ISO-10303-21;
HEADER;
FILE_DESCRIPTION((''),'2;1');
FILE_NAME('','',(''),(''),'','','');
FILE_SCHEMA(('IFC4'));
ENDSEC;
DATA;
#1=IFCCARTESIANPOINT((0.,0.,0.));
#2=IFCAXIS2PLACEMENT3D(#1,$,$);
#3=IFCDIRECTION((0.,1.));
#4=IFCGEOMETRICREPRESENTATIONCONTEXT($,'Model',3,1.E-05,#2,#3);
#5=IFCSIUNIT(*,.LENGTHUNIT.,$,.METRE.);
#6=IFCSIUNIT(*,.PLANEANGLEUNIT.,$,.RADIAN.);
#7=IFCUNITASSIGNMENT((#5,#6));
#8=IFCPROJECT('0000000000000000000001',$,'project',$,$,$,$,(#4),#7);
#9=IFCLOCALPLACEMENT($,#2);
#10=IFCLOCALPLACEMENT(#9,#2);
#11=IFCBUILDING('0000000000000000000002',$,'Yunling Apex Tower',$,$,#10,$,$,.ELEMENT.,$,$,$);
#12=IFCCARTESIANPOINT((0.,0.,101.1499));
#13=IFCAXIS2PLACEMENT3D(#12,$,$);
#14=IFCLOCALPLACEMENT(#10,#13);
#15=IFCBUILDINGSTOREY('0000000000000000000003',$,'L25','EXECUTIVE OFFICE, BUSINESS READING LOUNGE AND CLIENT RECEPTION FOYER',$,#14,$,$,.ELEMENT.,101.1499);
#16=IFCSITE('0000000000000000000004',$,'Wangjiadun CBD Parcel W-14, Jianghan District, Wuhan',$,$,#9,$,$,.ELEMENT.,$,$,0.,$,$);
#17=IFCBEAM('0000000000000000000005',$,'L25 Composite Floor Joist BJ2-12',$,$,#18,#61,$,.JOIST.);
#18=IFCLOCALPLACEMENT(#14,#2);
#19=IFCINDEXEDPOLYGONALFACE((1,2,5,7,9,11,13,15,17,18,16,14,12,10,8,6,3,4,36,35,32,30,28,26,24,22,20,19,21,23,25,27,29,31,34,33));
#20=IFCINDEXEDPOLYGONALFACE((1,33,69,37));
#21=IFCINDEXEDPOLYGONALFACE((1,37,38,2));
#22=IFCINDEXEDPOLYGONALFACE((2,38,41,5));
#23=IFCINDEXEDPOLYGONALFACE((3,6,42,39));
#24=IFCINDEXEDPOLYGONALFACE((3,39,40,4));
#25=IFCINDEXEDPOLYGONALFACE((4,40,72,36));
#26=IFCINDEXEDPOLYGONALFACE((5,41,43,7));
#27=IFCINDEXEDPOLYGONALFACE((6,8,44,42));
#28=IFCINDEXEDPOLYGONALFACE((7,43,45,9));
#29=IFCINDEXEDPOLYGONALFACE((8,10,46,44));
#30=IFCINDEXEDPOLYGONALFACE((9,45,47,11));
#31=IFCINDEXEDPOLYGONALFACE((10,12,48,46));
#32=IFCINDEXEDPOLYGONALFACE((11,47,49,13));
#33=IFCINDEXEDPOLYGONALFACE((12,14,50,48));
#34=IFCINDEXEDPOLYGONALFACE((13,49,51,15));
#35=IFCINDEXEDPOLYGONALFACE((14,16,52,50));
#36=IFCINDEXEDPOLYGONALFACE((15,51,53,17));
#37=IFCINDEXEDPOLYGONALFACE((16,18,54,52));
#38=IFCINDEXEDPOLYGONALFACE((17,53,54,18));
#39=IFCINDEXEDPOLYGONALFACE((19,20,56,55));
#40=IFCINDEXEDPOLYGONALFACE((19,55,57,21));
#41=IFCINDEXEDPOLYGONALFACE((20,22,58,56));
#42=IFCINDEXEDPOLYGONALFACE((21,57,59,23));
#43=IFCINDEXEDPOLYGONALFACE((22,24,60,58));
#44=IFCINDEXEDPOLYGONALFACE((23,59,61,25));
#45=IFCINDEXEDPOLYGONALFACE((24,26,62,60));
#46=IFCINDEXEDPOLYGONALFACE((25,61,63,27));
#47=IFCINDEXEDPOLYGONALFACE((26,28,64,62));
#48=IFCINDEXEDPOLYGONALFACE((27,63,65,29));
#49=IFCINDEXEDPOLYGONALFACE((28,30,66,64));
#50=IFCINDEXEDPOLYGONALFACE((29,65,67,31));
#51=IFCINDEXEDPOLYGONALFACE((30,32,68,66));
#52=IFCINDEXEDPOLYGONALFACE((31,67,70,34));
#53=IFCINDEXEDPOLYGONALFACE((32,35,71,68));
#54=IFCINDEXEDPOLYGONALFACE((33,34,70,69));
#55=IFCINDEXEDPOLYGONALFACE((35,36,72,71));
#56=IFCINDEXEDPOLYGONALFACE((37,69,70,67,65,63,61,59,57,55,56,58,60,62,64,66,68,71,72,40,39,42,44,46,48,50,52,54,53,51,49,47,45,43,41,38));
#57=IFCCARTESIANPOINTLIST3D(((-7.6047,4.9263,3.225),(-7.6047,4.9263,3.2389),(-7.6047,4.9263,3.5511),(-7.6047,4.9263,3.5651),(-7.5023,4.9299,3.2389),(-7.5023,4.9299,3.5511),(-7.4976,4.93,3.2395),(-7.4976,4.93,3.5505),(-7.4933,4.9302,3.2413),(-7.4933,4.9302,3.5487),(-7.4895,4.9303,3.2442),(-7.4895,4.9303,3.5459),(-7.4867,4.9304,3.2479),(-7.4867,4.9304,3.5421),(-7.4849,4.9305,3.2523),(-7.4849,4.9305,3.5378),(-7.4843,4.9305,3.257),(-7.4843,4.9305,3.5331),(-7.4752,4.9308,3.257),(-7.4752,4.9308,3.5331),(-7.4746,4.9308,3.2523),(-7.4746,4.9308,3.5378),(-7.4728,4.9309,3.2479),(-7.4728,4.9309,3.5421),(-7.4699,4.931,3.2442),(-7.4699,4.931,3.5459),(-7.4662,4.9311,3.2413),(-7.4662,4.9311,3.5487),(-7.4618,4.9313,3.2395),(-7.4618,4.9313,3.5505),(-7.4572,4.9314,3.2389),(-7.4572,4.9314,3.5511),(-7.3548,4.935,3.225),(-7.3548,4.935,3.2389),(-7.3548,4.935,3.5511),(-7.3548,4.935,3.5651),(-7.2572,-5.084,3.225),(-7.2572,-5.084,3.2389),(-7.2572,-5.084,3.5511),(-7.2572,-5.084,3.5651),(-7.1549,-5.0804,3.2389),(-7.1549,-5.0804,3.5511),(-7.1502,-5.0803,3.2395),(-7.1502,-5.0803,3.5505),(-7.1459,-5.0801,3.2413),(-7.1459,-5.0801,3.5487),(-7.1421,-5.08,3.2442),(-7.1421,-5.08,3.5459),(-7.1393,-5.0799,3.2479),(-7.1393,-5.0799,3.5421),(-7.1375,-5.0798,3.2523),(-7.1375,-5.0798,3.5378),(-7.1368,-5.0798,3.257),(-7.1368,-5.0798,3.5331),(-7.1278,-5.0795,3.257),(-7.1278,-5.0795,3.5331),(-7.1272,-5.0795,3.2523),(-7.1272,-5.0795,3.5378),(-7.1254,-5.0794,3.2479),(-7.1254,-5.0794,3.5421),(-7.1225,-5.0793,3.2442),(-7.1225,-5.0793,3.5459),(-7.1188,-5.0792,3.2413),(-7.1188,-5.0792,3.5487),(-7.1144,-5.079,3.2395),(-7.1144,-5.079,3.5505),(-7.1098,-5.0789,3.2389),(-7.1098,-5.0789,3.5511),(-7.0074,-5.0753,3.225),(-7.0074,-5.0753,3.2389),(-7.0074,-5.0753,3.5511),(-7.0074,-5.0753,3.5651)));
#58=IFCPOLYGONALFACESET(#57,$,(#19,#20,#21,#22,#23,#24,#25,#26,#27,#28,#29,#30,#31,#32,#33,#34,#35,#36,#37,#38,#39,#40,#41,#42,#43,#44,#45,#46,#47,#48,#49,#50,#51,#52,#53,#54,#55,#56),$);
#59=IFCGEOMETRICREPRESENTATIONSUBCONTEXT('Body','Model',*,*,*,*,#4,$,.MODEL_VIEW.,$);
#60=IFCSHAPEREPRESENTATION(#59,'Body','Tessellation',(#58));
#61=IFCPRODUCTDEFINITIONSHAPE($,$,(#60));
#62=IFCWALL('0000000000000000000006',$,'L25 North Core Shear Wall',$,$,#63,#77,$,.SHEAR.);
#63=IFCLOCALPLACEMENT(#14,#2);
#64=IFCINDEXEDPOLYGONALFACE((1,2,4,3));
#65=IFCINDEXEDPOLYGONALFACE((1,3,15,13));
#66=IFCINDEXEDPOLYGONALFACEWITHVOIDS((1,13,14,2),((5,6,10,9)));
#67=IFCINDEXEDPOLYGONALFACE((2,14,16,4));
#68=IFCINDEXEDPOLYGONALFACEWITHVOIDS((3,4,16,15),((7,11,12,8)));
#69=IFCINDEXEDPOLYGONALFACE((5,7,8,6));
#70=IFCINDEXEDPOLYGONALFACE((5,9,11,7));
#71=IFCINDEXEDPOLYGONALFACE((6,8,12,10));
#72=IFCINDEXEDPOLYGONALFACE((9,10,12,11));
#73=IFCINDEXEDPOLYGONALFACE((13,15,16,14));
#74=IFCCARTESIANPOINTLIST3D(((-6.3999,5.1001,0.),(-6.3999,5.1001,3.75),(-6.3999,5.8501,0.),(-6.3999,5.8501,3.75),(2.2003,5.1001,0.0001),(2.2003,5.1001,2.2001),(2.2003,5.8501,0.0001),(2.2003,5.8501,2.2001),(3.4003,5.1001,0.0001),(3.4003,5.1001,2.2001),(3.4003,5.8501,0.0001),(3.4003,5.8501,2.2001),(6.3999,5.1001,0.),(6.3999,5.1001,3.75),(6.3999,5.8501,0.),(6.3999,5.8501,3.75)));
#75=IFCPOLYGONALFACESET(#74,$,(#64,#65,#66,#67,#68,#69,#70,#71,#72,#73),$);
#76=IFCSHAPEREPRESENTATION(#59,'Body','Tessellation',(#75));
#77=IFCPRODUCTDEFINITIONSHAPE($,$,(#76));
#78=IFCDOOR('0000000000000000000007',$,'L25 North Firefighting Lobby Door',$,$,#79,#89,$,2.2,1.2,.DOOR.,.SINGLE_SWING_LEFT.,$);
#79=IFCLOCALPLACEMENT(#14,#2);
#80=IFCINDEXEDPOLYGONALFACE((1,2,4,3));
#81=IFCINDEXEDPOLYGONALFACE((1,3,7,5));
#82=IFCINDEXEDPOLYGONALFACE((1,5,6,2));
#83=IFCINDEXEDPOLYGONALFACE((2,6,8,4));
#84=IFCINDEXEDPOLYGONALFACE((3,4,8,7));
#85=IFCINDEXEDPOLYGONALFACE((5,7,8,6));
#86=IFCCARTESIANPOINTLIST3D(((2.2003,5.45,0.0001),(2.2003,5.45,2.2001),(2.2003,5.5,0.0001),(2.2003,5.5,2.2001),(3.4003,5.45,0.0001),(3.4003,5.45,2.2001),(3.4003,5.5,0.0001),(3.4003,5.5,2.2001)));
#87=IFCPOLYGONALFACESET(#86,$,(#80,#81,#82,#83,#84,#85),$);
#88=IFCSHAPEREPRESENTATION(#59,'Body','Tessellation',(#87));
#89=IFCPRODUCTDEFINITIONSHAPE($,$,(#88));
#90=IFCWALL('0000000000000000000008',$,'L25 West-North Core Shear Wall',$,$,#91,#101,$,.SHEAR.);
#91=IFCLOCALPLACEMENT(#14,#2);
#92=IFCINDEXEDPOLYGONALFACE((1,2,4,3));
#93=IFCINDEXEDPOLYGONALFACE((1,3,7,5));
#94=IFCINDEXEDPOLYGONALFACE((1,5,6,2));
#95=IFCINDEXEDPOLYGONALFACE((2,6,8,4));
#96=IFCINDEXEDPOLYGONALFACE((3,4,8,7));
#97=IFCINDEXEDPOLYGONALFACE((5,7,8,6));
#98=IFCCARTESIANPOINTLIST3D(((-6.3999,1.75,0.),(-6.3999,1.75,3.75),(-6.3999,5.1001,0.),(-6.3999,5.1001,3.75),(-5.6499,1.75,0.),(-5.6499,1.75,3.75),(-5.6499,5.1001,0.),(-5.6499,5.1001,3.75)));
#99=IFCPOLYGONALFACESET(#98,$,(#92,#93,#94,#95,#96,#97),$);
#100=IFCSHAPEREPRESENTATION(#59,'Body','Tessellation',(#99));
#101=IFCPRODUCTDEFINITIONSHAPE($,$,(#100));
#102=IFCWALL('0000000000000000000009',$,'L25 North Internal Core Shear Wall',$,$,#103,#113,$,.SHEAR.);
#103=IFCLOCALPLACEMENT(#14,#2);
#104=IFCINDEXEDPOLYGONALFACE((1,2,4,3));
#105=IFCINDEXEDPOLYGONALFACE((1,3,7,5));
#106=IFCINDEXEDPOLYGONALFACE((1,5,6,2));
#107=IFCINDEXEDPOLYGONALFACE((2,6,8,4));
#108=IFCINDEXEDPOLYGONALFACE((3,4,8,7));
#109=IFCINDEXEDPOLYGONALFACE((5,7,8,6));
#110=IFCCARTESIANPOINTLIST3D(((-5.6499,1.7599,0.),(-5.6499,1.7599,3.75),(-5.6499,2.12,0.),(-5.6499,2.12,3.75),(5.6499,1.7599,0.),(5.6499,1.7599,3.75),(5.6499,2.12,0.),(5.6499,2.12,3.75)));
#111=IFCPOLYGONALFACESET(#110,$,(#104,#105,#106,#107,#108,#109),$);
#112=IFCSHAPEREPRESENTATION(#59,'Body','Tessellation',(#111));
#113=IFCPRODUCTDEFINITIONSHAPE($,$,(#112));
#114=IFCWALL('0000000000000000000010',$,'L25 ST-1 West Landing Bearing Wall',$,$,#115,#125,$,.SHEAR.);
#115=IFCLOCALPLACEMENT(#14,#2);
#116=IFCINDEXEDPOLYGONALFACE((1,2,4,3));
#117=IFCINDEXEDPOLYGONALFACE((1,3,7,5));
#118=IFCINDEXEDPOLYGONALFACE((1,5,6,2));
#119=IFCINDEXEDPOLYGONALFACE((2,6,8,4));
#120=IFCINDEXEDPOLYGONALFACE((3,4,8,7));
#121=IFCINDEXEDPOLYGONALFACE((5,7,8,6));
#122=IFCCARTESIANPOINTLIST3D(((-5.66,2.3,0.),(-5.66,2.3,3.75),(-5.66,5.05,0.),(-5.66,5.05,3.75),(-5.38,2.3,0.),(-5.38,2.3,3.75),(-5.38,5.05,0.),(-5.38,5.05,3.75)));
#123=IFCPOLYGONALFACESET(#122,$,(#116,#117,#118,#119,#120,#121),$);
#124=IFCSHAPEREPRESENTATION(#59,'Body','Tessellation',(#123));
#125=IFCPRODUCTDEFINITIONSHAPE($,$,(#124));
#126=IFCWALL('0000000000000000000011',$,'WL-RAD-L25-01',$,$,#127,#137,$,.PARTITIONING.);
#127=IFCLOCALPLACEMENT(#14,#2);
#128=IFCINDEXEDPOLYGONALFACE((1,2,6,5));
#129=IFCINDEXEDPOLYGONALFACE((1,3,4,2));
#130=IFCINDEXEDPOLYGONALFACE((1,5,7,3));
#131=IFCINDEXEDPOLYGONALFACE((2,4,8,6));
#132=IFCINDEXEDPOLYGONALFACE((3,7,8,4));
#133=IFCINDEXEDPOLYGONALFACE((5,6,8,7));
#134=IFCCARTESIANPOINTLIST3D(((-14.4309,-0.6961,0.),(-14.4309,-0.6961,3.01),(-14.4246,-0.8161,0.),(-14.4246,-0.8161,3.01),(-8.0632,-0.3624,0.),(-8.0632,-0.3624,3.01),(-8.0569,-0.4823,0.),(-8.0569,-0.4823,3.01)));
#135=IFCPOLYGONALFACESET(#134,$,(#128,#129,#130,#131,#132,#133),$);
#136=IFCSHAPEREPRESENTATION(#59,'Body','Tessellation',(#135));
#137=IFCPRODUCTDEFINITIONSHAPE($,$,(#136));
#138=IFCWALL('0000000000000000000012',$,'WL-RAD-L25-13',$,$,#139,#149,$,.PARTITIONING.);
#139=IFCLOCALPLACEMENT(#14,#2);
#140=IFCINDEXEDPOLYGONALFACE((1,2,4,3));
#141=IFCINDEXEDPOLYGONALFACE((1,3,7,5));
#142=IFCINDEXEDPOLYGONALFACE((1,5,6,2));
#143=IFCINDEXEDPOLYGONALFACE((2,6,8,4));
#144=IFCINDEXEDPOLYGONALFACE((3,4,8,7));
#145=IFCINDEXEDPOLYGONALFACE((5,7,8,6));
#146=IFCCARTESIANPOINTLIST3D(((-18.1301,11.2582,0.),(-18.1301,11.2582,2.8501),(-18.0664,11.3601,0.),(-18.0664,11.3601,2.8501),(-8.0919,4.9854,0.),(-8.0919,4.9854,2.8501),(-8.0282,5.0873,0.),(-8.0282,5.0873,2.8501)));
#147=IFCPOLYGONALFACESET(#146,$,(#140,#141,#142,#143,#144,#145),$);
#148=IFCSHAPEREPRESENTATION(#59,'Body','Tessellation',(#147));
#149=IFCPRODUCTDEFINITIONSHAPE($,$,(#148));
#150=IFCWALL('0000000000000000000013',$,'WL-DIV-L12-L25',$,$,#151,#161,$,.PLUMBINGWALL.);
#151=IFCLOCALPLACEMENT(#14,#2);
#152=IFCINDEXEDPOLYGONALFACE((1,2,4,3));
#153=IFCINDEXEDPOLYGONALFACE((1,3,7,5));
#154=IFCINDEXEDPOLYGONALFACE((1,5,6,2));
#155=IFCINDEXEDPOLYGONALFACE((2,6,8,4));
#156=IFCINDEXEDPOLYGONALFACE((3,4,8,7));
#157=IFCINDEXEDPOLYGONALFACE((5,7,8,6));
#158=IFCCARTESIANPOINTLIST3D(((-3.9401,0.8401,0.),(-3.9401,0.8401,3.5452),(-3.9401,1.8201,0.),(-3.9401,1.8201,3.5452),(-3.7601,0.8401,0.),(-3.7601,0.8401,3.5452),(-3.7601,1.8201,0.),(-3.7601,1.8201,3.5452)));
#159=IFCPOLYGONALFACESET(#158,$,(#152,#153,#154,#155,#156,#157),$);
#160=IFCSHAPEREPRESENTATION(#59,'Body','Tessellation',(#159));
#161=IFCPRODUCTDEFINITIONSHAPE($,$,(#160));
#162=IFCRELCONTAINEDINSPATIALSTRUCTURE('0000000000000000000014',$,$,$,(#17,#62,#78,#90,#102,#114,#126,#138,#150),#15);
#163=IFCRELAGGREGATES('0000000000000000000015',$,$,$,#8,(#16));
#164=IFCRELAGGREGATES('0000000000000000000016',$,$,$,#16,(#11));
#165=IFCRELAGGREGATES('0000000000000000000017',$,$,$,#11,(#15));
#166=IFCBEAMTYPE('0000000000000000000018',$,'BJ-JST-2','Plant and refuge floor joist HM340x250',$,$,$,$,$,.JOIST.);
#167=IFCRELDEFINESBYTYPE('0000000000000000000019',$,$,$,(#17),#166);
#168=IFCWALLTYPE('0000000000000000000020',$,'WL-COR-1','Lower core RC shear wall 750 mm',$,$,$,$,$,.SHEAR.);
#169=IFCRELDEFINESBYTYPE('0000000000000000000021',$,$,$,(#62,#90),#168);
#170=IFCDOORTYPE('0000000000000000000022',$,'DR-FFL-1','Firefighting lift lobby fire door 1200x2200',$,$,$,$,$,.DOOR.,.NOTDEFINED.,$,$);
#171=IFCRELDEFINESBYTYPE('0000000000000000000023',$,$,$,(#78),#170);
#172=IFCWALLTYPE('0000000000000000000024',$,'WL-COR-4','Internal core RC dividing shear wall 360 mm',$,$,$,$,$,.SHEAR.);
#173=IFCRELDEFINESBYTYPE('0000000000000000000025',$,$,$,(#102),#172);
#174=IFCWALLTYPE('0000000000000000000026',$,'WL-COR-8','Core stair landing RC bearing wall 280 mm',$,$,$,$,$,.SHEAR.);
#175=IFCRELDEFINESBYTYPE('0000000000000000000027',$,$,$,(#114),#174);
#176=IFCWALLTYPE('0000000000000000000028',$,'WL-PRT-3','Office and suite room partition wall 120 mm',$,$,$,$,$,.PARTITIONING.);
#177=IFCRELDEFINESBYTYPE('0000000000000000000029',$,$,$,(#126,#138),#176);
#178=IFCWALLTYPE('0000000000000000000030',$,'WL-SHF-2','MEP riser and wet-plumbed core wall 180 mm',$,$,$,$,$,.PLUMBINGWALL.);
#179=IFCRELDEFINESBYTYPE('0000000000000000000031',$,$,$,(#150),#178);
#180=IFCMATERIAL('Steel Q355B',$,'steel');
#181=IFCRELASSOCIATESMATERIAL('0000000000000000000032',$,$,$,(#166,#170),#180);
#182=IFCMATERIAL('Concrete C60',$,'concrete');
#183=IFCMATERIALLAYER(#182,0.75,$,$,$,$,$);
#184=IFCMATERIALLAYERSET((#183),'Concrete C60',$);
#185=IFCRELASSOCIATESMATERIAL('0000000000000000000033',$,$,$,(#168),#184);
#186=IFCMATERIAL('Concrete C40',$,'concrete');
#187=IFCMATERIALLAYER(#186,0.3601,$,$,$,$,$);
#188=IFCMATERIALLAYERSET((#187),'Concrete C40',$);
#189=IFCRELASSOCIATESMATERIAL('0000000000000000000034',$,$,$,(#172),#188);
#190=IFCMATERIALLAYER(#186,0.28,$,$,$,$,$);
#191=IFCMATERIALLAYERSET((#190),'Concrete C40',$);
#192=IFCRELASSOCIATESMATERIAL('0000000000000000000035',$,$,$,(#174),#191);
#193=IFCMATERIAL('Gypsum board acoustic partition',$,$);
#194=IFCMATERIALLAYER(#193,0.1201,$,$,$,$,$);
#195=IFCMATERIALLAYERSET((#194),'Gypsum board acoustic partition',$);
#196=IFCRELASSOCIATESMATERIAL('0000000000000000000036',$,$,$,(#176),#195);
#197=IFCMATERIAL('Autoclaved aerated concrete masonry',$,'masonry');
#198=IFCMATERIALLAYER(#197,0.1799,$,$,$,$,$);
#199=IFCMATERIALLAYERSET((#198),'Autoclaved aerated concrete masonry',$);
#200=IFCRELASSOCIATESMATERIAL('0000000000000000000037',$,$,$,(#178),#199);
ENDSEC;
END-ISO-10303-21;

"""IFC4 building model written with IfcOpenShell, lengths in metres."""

from ifc_helpers import new_model, si_unit, direction, frame, frame_2d, origin, origin_2d, place, context, subcontext, project, spatial, rectangle, i_section, extrude, source, transform, mapped, material, layer, layer_set, material_profile, profile_set, type_object, element, fill, save


model = new_model("IFC4")

# Units and contexts
model_context = context("Model", 3, precision=1e-05, world=origin(), true_north=direction((0.0, 1.0)))
body_context = subcontext(model_context, "Body", "Model", "MODEL_VIEW")
ifc_project = project(units=[si_unit("LENGTHUNIT", "METRE"), si_unit("PLANEANGLEUNIT", "RADIAN")], contexts=[model_context])

# Site, building, storey
site_placement = place(None, origin())
site = spatial("IfcSite", under=ifc_project, at=site_placement, Name="Wangjiadun CBD Parcel W-14, Jianghan District, Wuhan", CompositionType="ELEMENT", RefElevation=0.0)
building_placement = place(site_placement, origin())
building = spatial("IfcBuilding", under=site, at=building_placement, Name="Yunling Apex Tower", CompositionType="ELEMENT")
storey_placement = place(building_placement, frame((0.0, 0.0, 101.1499)))
storey = spatial("IfcBuildingStorey", under=building, at=storey_placement, Name="L25", Description="EXECUTIVE OFFICE, BUSINESS READING LOUNGE AND CLIENT RECEPTION FOYER", CompositionType="ELEMENT", Elevation=101.1499)

# Shared definitions
ifc_material_1 = material(Name="Concrete C60", Category="concrete")

# Beam
ifc_material_2 = material(Name="Steel Q355B", Category="steel")
ifc_material_profile_1 = material_profile(ifc_material_2, i_section(OverallWidth=0.25, OverallDepth=0.3401, WebThickness=0.009, FlangeThickness=0.0139, FilletRadius=0.0181, at=origin_2d()))
ifc_profile_set_1 = profile_set([ifc_material_profile_1], Name="Steel Q355B")
beam_type_1 = type_object("IfcBeamType", Name="BJ-JST-2", Description="Plant and refuge floor joist HM340x250", PredefinedType="JOIST", material=ifc_profile_set_1)
shared_shape_1 = source(origin(), body_context, "Body", "SweptSolid", [
    extrude(i_section(OverallWidth=0.25, OverallDepth=0.3401, WebThickness=0.009, FlangeThickness=0.0139, FilletRadius=0.0181, at=origin_2d()), origin(), (0.0, 0.0, 1.0), 10.0164),
])
beam_1_placement = place(storey_placement, frame((-7.4797, 4.9307, 3.395), z_axis=(0.034685, -0.999398, 0.0), x_axis=(0.999398, 0.034685, 0.0)))
element("IfcBeam", 1, at=beam_1_placement, inside=storey, type_object=beam_type_1, Name="L25 Composite Floor Joist BJ2-12", PredefinedType="JOIST", context=body_context, shape_type="MappedRepresentation", body=[
    mapped(shared_shape_1, transform((0.0, 0.0, 0.0), scale=1.0)),
])

# Wall, opening, door
ifc_layer_1 = layer(ifc_material_1, 0.75)
ifc_layer_set_1 = layer_set([ifc_layer_1], Name="Concrete C60")
wall_type_1 = type_object("IfcWallType", Name="WL-COR-1", Description="Lower core RC shear wall 750 mm", PredefinedType="SHEAR", material=ifc_layer_set_1)
wall_1_placement = place(storey_placement, frame((-6.3999, 5.4751, 0.0), z_axis=(0.0, 0.0, 1.0), x_axis=(1.0, 0.0, 0.0)))
wall_1 = element("IfcWall", 2, at=wall_1_placement, inside=storey, type_object=wall_type_1, Name="L25 North Core Shear Wall", PredefinedType="SHEAR", context=body_context, shape_type="SweptSolid", body=[
    extrude(rectangle(XDim=12.7998, YDim=0.75, at=frame_2d((6.3999, 0.0))), origin(), (0.0, 0.0, 1.0), 3.75),
])
opening_1_placement = place(wall_1_placement, frame((8.6001, 0.0, 0.0)))
opening_1 = element("IfcOpeningElement", 3, at=opening_1_placement, cuts=wall_1, PredefinedType="OPENING", context=body_context, shape_type="SweptSolid", body=[
    extrude(rectangle(XDim=1.2, YDim=2.2, at=frame_2d((0.6001, 1.1001))), frame((0.0, 0.385, 0.0), z_axis=(0.0, -1.0, 0.0), x_axis=(1.0, 0.0, 0.0)), (0.0, 0.0, 1.0), 0.77),
])
door_type_1 = type_object("IfcDoorType", Name="DR-FFL-1", Description="Firefighting lift lobby fire door 1200x2200", OperationType="NOTDEFINED", PredefinedType="DOOR", material=ifc_material_2)
door_1_placement = place(opening_1_placement, origin())
door_1 = element("IfcDoor", 4, at=door_1_placement, inside=storey, type_object=door_type_1, Name="L25 North Firefighting Lobby Door", OperationType="SINGLE_SWING_LEFT", OverallHeight=2.2, OverallWidth=1.2, PredefinedType="DOOR", context=body_context, shape_type="SweptSolid", body=[
    extrude(rectangle(XDim=1.2, YDim=2.2, at=frame_2d((0.6001, 1.1001))), frame((0.0, 0.0249, 0.0), z_axis=(0.0, -1.0, 0.0), x_axis=(1.0, 0.0, 0.0)), (0.0, 0.0, 1.0), 0.05),
])
fill(opening_1, door_1)

# Walls
wall_2_placement = place(storey_placement, frame((-6.0249, 1.75, 0.0), z_axis=(0.0, 0.0, 1.0), x_axis=(0.0, 1.0, 0.0)))
element("IfcWall", 5, at=wall_2_placement, inside=storey, type_object=wall_type_1, Name="L25 West-North Core Shear Wall", PredefinedType="SHEAR", context=body_context, shape_type="SweptSolid", body=[
    extrude(rectangle(XDim=3.3501, YDim=0.75, at=frame_2d((1.675, 0.0))), origin(), (0.0, 0.0, 1.0), 3.75),
])
ifc_material_3 = material(Name="Concrete C40", Category="concrete")
ifc_layer_2 = layer(ifc_material_3, 0.3601)
ifc_layer_set_2 = layer_set([ifc_layer_2], Name="Concrete C40")
wall_type_2 = type_object("IfcWallType", Name="WL-COR-4", Description="Internal core RC dividing shear wall 360 mm", PredefinedType="SHEAR", material=ifc_layer_set_2)
wall_3_placement = place(storey_placement, frame((-5.6499, 1.9399, 0.0), z_axis=(0.0, 0.0, 1.0), x_axis=(1.0, 0.0, 0.0)))
element("IfcWall", 6, at=wall_3_placement, inside=storey, type_object=wall_type_2, Name="L25 North Internal Core Shear Wall", PredefinedType="SHEAR", context=body_context, shape_type="SweptSolid", body=[
    extrude(rectangle(XDim=11.2998, YDim=0.3601, at=frame_2d((5.6499, 0.0))), origin(), (0.0, 0.0, 1.0), 3.75),
])
ifc_layer_3 = layer(ifc_material_3, 0.28)
ifc_layer_set_3 = layer_set([ifc_layer_3], Name="Concrete C40")
wall_type_3 = type_object("IfcWallType", Name="WL-COR-8", Description="Core stair landing RC bearing wall 280 mm", PredefinedType="SHEAR", material=ifc_layer_set_3)
wall_4_placement = place(storey_placement, frame((-5.52, 2.3, 0.0), z_axis=(0.0, 0.0, 1.0), x_axis=(0.0, 1.0, 0.0)))
element("IfcWall", 7, at=wall_4_placement, inside=storey, type_object=wall_type_3, Name="L25 ST-1 West Landing Bearing Wall", PredefinedType="SHEAR", context=body_context, shape_type="SweptSolid", body=[
    extrude(rectangle(XDim=2.75, YDim=0.28, at=frame_2d((1.375, 0.0))), origin(), (0.0, 0.0, 1.0), 3.75),
])
ifc_material_4 = material(Name="Gypsum board acoustic partition")
ifc_layer_4 = layer(ifc_material_4, 0.1201)
ifc_layer_set_4 = layer_set([ifc_layer_4], Name="Gypsum board acoustic partition")
wall_type_4 = type_object("IfcWallType", Name="WL-PRT-3", Description="Office and suite room partition wall 120 mm", PredefinedType="PARTITIONING", material=ifc_layer_set_4)
wall_5_placement = place(storey_placement, frame((-8.0601, -0.4224, 0.0), z_axis=(0.0, 0.0, 1.0), x_axis=(-0.998629, -0.05234, 0.0)))
element("IfcWall", 8, at=wall_5_placement, inside=storey, type_object=wall_type_4, Name="WL-RAD-L25-01", PredefinedType="PARTITIONING", context=body_context, shape_type="SweptSolid", body=[
    extrude(rectangle(XDim=6.3765, YDim=0.1201, at=frame_2d((3.1882, 0.0))), origin(), (0.0, 0.0, 1.0), 3.01),
])
wall_6_placement = place(storey_placement, frame((-8.0601, 5.0364, 0.0), z_axis=(0.0, 0.0, 1.0), x_axis=(-0.84804, 0.529932, 0.0)))
element("IfcWall", 9, at=wall_6_placement, inside=storey, type_object=wall_type_4, Name="WL-RAD-L25-13", PredefinedType="PARTITIONING", context=body_context, shape_type="SweptSolid", body=[
    extrude(rectangle(XDim=11.8369, YDim=0.1201, at=frame_2d((5.9185, 0.0))), origin(), (0.0, 0.0, 1.0), 2.8501),
])
ifc_material_5 = material(Name="Autoclaved aerated concrete masonry", Category="masonry")
ifc_layer_5 = layer(ifc_material_5, 0.1799)
ifc_layer_set_5 = layer_set([ifc_layer_5], Name="Autoclaved aerated concrete masonry")
wall_type_5 = type_object("IfcWallType", Name="WL-SHF-2", Description="MEP riser and wet-plumbed core wall 180 mm", PredefinedType="PLUMBINGWALL", material=ifc_layer_set_5)
wall_7_placement = place(storey_placement, frame((-3.8501, 0.8401, 0.0), z_axis=(0.0, 0.0, 1.0), x_axis=(0.0, 1.0, 0.0)))
element("IfcWall", 10, at=wall_7_placement, inside=storey, type_object=wall_type_5, Name="WL-DIV-L12-L25", PredefinedType="PLUMBINGWALL", context=body_context, shape_type="SweptSolid", body=[
    extrude(rectangle(XDim=0.98, YDim=0.1799, at=frame_2d((0.49, 0.0))), origin(), (0.0, 0.0, 1.0), 3.5452),
])

save(model, "model.ifc")
